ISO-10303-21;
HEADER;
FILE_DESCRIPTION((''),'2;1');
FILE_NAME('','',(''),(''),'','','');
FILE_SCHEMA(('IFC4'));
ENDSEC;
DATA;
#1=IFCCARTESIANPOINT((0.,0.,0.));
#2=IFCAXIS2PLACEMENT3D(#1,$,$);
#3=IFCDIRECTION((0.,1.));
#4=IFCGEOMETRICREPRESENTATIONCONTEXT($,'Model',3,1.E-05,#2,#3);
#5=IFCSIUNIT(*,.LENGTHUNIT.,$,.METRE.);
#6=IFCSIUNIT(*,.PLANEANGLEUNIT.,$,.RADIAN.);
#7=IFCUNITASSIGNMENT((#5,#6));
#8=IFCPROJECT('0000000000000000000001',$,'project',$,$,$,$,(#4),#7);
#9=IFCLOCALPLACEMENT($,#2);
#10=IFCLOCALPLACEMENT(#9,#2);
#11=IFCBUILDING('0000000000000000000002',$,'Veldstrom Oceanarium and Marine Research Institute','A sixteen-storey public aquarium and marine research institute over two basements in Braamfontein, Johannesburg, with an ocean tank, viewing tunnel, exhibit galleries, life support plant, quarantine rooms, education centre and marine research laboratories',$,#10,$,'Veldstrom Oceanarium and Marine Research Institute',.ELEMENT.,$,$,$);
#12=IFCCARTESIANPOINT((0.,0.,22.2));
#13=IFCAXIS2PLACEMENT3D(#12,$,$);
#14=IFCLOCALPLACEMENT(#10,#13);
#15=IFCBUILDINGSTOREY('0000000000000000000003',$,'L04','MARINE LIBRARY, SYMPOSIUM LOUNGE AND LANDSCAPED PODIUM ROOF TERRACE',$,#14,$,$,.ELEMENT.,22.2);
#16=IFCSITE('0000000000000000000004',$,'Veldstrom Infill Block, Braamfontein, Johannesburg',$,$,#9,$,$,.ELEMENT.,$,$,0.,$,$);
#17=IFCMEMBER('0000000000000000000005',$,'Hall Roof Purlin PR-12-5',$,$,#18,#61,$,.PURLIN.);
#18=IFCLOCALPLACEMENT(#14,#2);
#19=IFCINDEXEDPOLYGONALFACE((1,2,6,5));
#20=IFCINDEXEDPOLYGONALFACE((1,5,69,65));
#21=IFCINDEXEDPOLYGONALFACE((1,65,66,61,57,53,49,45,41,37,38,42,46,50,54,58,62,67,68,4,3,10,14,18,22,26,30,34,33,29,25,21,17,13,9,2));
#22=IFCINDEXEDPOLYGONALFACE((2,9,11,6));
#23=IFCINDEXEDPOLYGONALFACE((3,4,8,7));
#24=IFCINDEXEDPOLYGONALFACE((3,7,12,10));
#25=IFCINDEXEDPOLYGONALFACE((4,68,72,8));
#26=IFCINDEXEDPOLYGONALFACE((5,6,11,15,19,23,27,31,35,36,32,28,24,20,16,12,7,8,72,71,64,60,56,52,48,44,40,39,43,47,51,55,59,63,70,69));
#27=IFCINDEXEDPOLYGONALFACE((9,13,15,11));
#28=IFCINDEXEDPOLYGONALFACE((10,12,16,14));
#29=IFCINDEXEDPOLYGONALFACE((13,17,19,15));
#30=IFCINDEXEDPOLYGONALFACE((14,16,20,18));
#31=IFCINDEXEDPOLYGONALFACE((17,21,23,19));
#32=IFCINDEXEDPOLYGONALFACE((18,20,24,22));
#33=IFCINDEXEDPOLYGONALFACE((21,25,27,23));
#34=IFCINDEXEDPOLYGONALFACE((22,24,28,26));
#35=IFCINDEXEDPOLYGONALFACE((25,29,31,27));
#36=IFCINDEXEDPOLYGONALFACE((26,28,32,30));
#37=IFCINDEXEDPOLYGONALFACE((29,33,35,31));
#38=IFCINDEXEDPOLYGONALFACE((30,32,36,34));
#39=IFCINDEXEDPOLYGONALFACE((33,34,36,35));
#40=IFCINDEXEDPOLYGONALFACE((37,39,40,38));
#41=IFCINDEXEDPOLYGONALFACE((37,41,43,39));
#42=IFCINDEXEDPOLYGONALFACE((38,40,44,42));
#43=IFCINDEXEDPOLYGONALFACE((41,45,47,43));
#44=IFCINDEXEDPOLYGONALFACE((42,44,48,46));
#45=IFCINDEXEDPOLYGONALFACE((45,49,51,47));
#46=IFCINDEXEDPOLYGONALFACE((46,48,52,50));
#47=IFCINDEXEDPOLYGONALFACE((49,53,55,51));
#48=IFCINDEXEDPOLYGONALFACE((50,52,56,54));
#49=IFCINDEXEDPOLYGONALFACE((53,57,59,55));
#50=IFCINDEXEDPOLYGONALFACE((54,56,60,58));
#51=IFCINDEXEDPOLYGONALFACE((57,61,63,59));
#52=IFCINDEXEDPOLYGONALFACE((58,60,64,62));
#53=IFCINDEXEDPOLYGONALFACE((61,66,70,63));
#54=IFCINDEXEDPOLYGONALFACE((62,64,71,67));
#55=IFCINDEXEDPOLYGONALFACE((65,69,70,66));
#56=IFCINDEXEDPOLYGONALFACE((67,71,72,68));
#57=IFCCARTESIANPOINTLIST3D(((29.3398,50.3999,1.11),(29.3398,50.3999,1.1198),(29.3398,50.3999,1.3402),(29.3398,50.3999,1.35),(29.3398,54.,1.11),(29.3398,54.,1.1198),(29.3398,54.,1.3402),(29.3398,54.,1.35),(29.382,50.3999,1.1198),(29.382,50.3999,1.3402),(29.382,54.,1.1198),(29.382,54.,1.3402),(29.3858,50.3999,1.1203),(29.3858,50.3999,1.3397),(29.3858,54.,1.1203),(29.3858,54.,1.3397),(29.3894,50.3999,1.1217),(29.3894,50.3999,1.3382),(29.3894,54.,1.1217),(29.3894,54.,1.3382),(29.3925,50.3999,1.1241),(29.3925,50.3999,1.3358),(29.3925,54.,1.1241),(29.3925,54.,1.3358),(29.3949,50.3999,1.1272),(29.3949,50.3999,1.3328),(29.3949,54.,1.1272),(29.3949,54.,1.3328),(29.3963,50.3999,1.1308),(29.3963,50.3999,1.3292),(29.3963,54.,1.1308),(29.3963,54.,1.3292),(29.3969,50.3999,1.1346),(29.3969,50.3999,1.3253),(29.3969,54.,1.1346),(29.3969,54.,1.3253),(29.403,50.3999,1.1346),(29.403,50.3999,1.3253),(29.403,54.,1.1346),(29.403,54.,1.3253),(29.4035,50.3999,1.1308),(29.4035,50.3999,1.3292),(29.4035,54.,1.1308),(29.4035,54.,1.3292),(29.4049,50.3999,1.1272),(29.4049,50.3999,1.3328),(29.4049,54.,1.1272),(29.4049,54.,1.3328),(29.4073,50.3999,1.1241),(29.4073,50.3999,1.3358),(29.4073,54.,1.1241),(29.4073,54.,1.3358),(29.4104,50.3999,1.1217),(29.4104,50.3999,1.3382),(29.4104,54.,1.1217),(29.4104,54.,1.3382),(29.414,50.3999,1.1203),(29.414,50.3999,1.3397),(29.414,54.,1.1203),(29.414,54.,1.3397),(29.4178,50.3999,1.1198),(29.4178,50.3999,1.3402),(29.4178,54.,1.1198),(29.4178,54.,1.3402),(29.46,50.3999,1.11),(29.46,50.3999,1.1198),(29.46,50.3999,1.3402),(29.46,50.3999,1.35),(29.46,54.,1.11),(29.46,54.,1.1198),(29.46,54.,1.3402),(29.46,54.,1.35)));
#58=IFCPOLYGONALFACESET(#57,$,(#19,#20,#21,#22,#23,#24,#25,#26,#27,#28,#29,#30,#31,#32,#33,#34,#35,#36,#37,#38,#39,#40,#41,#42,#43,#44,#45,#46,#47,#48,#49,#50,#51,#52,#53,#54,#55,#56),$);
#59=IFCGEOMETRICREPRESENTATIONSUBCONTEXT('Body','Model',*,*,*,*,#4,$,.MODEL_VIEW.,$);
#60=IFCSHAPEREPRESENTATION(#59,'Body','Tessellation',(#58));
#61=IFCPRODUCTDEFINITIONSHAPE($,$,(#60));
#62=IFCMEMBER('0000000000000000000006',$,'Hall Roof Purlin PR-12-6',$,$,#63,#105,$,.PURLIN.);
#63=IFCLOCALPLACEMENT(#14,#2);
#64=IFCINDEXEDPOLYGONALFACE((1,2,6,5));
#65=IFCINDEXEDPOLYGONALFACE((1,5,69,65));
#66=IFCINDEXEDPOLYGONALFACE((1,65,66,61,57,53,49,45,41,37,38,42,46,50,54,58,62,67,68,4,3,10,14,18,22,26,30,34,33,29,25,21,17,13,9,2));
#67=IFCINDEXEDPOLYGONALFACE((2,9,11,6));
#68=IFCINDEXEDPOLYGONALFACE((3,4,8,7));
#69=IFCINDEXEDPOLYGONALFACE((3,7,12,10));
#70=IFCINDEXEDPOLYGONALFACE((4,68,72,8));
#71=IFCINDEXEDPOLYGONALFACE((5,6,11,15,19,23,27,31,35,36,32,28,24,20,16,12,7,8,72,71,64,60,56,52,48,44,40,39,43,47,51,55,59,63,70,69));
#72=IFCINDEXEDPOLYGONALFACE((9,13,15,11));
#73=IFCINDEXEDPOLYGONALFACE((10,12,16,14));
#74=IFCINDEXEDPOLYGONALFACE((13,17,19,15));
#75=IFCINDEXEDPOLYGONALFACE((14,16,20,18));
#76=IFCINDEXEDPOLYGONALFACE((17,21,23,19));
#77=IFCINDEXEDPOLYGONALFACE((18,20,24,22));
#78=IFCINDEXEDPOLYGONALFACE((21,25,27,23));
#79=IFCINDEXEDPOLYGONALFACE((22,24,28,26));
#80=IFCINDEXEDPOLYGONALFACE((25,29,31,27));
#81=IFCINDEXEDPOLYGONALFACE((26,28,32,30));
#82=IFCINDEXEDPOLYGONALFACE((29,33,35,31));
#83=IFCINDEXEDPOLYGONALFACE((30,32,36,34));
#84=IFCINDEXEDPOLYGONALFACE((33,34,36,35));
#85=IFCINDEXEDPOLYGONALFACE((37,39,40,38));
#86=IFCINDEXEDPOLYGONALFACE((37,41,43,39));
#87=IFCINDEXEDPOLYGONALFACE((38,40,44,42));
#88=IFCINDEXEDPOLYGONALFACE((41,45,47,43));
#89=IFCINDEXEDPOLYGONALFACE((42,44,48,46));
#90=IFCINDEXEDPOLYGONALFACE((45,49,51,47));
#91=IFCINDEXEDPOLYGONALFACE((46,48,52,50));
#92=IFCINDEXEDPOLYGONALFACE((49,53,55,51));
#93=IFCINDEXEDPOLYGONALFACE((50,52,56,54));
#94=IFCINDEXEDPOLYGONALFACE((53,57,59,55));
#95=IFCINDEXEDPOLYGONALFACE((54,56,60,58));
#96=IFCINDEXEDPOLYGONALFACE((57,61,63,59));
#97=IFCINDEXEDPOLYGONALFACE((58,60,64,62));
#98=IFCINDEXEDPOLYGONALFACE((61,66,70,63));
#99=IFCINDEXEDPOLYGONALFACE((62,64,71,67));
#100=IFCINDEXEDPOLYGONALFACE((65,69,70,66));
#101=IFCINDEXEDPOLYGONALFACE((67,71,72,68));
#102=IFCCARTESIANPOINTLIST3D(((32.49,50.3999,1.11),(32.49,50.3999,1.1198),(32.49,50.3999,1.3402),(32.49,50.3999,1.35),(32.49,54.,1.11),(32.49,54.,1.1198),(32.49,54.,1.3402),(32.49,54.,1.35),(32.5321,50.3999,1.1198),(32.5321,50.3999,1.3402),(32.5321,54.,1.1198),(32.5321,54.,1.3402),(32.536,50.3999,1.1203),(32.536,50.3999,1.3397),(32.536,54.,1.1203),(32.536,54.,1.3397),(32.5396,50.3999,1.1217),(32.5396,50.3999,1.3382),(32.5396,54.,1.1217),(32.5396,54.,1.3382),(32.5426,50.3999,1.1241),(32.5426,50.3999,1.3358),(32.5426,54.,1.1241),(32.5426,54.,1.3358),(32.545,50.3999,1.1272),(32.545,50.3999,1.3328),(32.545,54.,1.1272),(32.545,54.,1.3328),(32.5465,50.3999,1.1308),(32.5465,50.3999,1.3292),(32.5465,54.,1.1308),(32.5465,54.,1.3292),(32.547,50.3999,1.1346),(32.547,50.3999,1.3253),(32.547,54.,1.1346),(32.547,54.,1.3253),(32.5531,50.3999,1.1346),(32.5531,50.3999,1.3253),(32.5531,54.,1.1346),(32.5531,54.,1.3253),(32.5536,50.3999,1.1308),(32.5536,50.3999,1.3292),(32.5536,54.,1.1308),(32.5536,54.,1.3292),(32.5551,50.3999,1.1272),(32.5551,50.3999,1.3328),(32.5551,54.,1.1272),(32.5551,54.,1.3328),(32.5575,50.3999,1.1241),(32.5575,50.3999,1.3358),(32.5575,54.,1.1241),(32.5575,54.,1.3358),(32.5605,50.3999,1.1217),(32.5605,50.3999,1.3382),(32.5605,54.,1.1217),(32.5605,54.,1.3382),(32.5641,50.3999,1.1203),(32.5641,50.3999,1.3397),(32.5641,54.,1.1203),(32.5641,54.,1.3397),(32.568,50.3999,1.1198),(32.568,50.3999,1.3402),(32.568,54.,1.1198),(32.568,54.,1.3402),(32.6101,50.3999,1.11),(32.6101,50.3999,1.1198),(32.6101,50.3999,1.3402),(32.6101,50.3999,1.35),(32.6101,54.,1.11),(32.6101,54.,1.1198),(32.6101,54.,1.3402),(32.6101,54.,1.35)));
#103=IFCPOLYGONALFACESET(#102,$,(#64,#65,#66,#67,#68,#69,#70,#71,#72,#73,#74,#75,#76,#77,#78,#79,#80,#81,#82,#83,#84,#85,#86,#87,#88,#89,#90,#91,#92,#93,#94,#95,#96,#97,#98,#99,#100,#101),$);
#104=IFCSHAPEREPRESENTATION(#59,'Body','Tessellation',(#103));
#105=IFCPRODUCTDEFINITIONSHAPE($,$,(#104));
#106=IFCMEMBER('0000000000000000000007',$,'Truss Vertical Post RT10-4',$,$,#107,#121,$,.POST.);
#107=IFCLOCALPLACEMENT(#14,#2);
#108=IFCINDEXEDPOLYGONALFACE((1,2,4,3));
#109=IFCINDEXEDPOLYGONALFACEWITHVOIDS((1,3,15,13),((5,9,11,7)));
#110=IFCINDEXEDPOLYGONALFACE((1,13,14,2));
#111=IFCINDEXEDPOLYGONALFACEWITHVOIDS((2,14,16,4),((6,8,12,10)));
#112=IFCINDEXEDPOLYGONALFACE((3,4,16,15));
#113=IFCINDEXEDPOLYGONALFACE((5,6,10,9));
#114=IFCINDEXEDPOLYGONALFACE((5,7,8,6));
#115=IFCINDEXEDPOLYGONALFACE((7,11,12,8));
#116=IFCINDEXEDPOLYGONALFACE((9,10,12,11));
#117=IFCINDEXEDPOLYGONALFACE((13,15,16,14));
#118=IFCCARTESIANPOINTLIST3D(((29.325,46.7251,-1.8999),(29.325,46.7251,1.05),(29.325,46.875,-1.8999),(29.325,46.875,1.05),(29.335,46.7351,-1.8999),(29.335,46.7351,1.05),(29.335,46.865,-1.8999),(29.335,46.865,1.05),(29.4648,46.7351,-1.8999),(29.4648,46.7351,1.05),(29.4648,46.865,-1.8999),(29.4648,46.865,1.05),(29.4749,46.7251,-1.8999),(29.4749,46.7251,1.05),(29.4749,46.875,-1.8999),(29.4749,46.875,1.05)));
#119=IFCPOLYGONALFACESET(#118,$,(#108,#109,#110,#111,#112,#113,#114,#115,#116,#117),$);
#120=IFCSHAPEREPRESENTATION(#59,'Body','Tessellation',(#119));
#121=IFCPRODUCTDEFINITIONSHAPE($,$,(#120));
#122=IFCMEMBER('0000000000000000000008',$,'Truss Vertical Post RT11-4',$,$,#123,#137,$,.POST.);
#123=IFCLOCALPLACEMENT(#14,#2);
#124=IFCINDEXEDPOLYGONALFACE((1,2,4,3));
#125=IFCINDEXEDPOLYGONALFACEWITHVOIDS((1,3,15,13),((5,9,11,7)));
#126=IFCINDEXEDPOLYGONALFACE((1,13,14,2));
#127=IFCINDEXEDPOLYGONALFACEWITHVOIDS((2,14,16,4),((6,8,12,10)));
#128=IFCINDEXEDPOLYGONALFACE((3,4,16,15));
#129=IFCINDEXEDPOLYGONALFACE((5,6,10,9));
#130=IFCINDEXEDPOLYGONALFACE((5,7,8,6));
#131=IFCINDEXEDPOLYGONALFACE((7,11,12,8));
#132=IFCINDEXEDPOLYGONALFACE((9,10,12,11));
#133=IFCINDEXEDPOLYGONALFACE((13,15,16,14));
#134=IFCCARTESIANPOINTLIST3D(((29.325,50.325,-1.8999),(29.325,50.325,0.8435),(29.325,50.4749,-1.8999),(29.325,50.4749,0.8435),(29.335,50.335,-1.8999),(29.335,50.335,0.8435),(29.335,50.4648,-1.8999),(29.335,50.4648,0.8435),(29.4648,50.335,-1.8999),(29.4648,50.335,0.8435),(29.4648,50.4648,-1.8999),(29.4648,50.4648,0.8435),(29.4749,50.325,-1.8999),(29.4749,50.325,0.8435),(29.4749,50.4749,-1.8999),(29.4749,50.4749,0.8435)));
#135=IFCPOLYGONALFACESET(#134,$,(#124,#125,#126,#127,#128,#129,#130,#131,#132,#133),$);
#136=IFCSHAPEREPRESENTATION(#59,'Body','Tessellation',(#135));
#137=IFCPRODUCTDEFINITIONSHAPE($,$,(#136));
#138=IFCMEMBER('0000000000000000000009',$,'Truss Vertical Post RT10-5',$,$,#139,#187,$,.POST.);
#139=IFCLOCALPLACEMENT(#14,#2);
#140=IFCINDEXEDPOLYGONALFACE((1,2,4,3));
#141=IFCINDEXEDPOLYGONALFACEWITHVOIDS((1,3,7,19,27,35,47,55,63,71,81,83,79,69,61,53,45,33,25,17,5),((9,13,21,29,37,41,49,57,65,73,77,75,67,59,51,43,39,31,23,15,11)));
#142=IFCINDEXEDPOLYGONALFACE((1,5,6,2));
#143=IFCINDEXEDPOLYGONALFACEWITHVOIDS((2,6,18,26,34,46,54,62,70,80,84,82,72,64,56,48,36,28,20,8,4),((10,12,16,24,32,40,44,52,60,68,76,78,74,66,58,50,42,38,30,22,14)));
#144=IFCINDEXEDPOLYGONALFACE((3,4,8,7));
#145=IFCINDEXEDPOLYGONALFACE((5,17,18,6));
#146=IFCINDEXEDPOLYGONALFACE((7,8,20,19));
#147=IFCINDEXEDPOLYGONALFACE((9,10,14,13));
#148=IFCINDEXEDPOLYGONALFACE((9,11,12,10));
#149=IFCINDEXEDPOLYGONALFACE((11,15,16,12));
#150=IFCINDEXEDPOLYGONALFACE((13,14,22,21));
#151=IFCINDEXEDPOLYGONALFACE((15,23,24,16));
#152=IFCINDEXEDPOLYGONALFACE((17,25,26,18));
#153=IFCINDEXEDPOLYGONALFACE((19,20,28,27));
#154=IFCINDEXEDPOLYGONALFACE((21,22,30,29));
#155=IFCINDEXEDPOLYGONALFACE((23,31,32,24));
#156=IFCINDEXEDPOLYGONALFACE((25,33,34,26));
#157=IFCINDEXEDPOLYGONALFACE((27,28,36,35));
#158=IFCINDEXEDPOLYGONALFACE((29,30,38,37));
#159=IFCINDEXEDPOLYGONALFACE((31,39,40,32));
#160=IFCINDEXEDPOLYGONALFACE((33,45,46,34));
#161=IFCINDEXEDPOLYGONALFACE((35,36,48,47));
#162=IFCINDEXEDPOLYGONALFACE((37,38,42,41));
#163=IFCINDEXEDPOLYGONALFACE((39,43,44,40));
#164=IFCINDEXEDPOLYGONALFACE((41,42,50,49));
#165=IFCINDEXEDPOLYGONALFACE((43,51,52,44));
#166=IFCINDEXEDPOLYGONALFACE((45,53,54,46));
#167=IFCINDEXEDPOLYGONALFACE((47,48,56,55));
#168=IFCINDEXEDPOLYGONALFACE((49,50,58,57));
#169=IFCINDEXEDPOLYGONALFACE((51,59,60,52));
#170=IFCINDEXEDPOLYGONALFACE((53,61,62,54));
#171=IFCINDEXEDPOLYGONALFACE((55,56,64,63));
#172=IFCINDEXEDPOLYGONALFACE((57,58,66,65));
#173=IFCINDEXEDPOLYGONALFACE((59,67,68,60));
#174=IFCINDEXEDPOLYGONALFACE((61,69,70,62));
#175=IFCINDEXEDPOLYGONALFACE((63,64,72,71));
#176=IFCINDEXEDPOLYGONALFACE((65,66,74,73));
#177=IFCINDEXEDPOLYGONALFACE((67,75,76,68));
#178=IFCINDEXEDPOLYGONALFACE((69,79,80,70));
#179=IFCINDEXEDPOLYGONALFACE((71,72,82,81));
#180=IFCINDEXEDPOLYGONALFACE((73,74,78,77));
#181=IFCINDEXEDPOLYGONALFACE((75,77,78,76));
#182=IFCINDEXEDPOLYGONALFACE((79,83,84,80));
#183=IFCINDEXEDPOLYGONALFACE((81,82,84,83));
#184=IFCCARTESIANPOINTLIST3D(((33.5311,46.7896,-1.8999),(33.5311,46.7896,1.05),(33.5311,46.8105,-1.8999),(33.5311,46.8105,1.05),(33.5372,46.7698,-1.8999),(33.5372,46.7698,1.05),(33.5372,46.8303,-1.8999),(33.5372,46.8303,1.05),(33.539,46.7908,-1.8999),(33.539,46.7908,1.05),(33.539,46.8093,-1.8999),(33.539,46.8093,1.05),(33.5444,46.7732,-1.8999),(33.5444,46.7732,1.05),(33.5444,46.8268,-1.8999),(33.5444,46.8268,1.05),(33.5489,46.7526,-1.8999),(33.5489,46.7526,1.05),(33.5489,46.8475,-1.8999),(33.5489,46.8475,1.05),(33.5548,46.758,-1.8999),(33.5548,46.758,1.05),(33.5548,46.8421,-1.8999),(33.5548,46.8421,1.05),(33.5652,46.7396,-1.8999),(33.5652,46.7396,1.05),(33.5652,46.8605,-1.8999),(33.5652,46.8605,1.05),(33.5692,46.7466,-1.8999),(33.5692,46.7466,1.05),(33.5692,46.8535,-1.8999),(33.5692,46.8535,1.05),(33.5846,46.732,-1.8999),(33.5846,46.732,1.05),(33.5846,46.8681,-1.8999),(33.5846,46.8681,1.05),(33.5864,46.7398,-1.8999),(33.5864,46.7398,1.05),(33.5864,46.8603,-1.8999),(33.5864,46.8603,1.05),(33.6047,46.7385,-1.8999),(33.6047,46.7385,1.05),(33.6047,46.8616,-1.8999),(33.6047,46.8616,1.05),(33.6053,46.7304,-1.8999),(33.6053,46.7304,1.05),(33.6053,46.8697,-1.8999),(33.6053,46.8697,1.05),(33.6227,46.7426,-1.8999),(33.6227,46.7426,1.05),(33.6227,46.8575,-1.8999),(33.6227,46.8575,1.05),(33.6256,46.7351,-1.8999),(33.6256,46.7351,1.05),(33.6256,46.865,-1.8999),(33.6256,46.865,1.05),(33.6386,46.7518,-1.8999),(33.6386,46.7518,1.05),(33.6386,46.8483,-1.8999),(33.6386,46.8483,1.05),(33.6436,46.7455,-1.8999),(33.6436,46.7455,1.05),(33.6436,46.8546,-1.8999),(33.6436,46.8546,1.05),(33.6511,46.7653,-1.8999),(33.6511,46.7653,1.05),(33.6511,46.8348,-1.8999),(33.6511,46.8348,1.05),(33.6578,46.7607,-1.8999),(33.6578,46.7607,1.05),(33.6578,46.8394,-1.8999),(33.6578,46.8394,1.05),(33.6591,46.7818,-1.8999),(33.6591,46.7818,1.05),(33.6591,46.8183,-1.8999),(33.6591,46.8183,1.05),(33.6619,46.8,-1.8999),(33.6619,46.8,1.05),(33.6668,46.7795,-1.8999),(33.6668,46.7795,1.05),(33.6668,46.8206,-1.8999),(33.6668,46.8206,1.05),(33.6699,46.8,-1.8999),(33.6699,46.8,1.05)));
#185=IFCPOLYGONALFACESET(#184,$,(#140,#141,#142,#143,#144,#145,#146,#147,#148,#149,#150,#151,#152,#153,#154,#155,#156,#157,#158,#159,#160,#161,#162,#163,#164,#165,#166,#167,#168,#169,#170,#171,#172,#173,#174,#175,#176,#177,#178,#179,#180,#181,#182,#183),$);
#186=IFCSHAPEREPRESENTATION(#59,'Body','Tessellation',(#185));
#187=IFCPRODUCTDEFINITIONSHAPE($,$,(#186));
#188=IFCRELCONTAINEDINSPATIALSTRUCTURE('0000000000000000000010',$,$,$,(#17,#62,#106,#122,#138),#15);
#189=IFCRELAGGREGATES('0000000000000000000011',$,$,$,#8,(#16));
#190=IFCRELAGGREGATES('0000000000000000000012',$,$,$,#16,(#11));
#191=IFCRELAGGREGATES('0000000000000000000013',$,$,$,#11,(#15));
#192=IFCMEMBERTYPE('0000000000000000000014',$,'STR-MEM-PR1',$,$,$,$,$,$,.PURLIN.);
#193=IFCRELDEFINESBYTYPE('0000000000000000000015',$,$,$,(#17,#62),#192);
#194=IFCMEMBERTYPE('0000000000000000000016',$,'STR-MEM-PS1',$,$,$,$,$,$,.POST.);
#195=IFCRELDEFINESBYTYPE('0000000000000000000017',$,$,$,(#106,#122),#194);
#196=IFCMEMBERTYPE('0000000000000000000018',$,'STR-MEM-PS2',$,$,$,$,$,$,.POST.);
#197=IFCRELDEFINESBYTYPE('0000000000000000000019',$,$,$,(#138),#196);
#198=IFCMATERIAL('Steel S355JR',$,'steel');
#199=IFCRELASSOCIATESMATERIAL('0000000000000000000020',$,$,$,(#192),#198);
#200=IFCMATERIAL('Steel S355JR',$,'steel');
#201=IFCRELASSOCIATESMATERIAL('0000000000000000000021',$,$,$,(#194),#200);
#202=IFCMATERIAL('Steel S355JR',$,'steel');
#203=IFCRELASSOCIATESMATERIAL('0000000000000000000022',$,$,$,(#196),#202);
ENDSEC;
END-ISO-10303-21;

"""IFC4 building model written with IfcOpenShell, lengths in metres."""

from ifc_helpers import new_model, si_unit, direction, frame, origin, origin_2d, place, context, subcontext, project, spatial, hollow_rectangle, hollow_circle, i_section, extrude, material, material_profile, profile_set, type_object, element, save


model = new_model("IFC4")

# Units and contexts
model_context = context("Model", 3, precision=1e-05, world=origin(), true_north=direction((0.0, 1.0)))
body_context = subcontext(model_context, "Body", "Model", "MODEL_VIEW")
ifc_project = project(units=[si_unit("LENGTHUNIT", "METRE"), si_unit("PLANEANGLEUNIT", "RADIAN")], contexts=[model_context])

# Site, building, storey
site_placement = place(None, origin())
site = spatial("IfcSite", under=ifc_project, at=site_placement, Name="Veldstrom Infill Block, Braamfontein, Johannesburg", CompositionType="ELEMENT", RefElevation=0.0)
building_placement = place(site_placement, origin())
building = spatial("IfcBuilding", under=site, at=building_placement, Name="Veldstrom Oceanarium and Marine Research Institute", Description="A sixteen-storey public aquarium and marine research institute over two basements in Braamfontein, Johannesburg, with an ocean tank, viewing tunnel, exhibit galleries, life support plant, quarantine rooms, education centre and marine research laboratories", LongName="Veldstrom Oceanarium and Marine Research Institute", CompositionType="ELEMENT")
storey_placement = place(building_placement, frame((0.0, 0.0, 22.2)))
storey = spatial("IfcBuildingStorey", under=building, at=storey_placement, Name="L04", Description="MARINE LIBRARY, SYMPOSIUM LOUNGE AND LANDSCAPED PODIUM ROOF TERRACE", CompositionType="ELEMENT", Elevation=22.2)

# Members
ifc_material_1 = material(Name="Steel S355JR", Category="steel")
ifc_material_profile_1 = material_profile(ifc_material_1, i_section(OverallWidth=0.1201, OverallDepth=0.24, WebThickness=0.0061, FlangeThickness=0.0098, FilletRadius=0.0149, at=origin_2d()), Name="IPE 240")
ifc_profile_set_1 = profile_set([ifc_material_profile_1], Name="Steel S355JR")
member_type_1 = type_object("IfcMemberType", Name="STR-MEM-PR1", PredefinedType="PURLIN", material=ifc_profile_set_1)
for number, where, z_axis, x_axis, name in (
    (1, (29.3999, 50.3999, 1.23), (0.0, 1.0, 0.0), (-1.0, 0.0, 0.0), "Hall Roof Purlin PR-12-5"),
    (2, (32.55, 50.3999, 1.23), (0.0, 1.0, 0.0), (-1.0, 0.0, 0.0), "Hall Roof Purlin PR-12-6"),
):
    element("IfcMember", number, at=place(storey_placement, frame(where, z_axis=z_axis, x_axis=x_axis)), inside=storey, type_object=member_type_1, Name=name, PredefinedType="PURLIN", context=body_context, shape_type="SweptSolid", body=[
        extrude(i_section(OverallWidth=0.1201, OverallDepth=0.24, WebThickness=0.0061, FlangeThickness=0.0098, FilletRadius=0.0149, at=origin_2d()), origin(), (0.0, 0.0, 1.0), 3.6001),
    ])
ifc_material_2 = material(Name="Steel S355JR", Category="steel")
ifc_material_profile_2 = material_profile(ifc_material_2, hollow_rectangle(XDim=0.1499, YDim=0.1499, WallThickness=0.01, at=origin_2d()), Name="SHS 150x150x10")
ifc_profile_set_2 = profile_set([ifc_material_profile_2], Name="Steel S355JR")
member_type_2 = type_object("IfcMemberType", Name="STR-MEM-PS1", PredefinedType="POST", material=ifc_profile_set_2)
member_1_placement = place(storey_placement, frame((29.3999, 46.8, -1.8999), z_axis=(0.0, 0.0, 1.0), x_axis=(1.0, 0.0, 0.0)))
element("IfcMember", 3, at=member_1_placement, inside=storey, type_object=member_type_2, Name="Truss Vertical Post RT10-4", PredefinedType="POST", context=body_context, shape_type="SweptSolid", body=[
    extrude(hollow_rectangle(XDim=0.1499, YDim=0.1499, WallThickness=0.01, at=origin_2d()), origin(), (0.0, 0.0, 1.0), 2.95),
])
member_2_placement = place(storey_placement, frame((29.3999, 50.3999, -1.8999), z_axis=(0.0, 0.0, 1.0), x_axis=(1.0, 0.0, 0.0)))
element("IfcMember", 4, at=member_2_placement, inside=storey, type_object=member_type_2, Name="Truss Vertical Post RT11-4", PredefinedType="POST", context=body_context, shape_type="SweptSolid", body=[
    extrude(hollow_rectangle(XDim=0.1499, YDim=0.1499, WallThickness=0.01, at=origin_2d()), origin(), (0.0, 0.0, 1.0), 2.7434),
])
ifc_material_3 = material(Name="Steel S355JR", Category="steel")
ifc_material_profile_3 = material_profile(ifc_material_3, hollow_circle(Radius=0.0698, WallThickness=0.0081, at=origin_2d()), Name="CHS 139.7x8")
ifc_profile_set_3 = profile_set([ifc_material_profile_3], Name="Steel S355JR")
member_type_3 = type_object("IfcMemberType", Name="STR-MEM-PS2", PredefinedType="POST", material=ifc_profile_set_3)
for number, where, z_axis, x_axis, name in (
    (5, (33.6001, 46.8, -1.8999), (0.0, 0.0, 1.0), (1.0, 0.0, 0.0), "Truss Vertical Post RT10-5"),
):
    element("IfcMember", number, at=place(storey_placement, frame(where, z_axis=z_axis, x_axis=x_axis)), inside=storey, type_object=member_type_3, Name=name, PredefinedType="POST", context=body_context, shape_type="SweptSolid", body=[
        extrude(hollow_circle(Radius=0.0698, WallThickness=0.0081, at=origin_2d()), origin(), (0.0, 0.0, 1.0), 2.95),
    ])

save(model, "model.ifc")
